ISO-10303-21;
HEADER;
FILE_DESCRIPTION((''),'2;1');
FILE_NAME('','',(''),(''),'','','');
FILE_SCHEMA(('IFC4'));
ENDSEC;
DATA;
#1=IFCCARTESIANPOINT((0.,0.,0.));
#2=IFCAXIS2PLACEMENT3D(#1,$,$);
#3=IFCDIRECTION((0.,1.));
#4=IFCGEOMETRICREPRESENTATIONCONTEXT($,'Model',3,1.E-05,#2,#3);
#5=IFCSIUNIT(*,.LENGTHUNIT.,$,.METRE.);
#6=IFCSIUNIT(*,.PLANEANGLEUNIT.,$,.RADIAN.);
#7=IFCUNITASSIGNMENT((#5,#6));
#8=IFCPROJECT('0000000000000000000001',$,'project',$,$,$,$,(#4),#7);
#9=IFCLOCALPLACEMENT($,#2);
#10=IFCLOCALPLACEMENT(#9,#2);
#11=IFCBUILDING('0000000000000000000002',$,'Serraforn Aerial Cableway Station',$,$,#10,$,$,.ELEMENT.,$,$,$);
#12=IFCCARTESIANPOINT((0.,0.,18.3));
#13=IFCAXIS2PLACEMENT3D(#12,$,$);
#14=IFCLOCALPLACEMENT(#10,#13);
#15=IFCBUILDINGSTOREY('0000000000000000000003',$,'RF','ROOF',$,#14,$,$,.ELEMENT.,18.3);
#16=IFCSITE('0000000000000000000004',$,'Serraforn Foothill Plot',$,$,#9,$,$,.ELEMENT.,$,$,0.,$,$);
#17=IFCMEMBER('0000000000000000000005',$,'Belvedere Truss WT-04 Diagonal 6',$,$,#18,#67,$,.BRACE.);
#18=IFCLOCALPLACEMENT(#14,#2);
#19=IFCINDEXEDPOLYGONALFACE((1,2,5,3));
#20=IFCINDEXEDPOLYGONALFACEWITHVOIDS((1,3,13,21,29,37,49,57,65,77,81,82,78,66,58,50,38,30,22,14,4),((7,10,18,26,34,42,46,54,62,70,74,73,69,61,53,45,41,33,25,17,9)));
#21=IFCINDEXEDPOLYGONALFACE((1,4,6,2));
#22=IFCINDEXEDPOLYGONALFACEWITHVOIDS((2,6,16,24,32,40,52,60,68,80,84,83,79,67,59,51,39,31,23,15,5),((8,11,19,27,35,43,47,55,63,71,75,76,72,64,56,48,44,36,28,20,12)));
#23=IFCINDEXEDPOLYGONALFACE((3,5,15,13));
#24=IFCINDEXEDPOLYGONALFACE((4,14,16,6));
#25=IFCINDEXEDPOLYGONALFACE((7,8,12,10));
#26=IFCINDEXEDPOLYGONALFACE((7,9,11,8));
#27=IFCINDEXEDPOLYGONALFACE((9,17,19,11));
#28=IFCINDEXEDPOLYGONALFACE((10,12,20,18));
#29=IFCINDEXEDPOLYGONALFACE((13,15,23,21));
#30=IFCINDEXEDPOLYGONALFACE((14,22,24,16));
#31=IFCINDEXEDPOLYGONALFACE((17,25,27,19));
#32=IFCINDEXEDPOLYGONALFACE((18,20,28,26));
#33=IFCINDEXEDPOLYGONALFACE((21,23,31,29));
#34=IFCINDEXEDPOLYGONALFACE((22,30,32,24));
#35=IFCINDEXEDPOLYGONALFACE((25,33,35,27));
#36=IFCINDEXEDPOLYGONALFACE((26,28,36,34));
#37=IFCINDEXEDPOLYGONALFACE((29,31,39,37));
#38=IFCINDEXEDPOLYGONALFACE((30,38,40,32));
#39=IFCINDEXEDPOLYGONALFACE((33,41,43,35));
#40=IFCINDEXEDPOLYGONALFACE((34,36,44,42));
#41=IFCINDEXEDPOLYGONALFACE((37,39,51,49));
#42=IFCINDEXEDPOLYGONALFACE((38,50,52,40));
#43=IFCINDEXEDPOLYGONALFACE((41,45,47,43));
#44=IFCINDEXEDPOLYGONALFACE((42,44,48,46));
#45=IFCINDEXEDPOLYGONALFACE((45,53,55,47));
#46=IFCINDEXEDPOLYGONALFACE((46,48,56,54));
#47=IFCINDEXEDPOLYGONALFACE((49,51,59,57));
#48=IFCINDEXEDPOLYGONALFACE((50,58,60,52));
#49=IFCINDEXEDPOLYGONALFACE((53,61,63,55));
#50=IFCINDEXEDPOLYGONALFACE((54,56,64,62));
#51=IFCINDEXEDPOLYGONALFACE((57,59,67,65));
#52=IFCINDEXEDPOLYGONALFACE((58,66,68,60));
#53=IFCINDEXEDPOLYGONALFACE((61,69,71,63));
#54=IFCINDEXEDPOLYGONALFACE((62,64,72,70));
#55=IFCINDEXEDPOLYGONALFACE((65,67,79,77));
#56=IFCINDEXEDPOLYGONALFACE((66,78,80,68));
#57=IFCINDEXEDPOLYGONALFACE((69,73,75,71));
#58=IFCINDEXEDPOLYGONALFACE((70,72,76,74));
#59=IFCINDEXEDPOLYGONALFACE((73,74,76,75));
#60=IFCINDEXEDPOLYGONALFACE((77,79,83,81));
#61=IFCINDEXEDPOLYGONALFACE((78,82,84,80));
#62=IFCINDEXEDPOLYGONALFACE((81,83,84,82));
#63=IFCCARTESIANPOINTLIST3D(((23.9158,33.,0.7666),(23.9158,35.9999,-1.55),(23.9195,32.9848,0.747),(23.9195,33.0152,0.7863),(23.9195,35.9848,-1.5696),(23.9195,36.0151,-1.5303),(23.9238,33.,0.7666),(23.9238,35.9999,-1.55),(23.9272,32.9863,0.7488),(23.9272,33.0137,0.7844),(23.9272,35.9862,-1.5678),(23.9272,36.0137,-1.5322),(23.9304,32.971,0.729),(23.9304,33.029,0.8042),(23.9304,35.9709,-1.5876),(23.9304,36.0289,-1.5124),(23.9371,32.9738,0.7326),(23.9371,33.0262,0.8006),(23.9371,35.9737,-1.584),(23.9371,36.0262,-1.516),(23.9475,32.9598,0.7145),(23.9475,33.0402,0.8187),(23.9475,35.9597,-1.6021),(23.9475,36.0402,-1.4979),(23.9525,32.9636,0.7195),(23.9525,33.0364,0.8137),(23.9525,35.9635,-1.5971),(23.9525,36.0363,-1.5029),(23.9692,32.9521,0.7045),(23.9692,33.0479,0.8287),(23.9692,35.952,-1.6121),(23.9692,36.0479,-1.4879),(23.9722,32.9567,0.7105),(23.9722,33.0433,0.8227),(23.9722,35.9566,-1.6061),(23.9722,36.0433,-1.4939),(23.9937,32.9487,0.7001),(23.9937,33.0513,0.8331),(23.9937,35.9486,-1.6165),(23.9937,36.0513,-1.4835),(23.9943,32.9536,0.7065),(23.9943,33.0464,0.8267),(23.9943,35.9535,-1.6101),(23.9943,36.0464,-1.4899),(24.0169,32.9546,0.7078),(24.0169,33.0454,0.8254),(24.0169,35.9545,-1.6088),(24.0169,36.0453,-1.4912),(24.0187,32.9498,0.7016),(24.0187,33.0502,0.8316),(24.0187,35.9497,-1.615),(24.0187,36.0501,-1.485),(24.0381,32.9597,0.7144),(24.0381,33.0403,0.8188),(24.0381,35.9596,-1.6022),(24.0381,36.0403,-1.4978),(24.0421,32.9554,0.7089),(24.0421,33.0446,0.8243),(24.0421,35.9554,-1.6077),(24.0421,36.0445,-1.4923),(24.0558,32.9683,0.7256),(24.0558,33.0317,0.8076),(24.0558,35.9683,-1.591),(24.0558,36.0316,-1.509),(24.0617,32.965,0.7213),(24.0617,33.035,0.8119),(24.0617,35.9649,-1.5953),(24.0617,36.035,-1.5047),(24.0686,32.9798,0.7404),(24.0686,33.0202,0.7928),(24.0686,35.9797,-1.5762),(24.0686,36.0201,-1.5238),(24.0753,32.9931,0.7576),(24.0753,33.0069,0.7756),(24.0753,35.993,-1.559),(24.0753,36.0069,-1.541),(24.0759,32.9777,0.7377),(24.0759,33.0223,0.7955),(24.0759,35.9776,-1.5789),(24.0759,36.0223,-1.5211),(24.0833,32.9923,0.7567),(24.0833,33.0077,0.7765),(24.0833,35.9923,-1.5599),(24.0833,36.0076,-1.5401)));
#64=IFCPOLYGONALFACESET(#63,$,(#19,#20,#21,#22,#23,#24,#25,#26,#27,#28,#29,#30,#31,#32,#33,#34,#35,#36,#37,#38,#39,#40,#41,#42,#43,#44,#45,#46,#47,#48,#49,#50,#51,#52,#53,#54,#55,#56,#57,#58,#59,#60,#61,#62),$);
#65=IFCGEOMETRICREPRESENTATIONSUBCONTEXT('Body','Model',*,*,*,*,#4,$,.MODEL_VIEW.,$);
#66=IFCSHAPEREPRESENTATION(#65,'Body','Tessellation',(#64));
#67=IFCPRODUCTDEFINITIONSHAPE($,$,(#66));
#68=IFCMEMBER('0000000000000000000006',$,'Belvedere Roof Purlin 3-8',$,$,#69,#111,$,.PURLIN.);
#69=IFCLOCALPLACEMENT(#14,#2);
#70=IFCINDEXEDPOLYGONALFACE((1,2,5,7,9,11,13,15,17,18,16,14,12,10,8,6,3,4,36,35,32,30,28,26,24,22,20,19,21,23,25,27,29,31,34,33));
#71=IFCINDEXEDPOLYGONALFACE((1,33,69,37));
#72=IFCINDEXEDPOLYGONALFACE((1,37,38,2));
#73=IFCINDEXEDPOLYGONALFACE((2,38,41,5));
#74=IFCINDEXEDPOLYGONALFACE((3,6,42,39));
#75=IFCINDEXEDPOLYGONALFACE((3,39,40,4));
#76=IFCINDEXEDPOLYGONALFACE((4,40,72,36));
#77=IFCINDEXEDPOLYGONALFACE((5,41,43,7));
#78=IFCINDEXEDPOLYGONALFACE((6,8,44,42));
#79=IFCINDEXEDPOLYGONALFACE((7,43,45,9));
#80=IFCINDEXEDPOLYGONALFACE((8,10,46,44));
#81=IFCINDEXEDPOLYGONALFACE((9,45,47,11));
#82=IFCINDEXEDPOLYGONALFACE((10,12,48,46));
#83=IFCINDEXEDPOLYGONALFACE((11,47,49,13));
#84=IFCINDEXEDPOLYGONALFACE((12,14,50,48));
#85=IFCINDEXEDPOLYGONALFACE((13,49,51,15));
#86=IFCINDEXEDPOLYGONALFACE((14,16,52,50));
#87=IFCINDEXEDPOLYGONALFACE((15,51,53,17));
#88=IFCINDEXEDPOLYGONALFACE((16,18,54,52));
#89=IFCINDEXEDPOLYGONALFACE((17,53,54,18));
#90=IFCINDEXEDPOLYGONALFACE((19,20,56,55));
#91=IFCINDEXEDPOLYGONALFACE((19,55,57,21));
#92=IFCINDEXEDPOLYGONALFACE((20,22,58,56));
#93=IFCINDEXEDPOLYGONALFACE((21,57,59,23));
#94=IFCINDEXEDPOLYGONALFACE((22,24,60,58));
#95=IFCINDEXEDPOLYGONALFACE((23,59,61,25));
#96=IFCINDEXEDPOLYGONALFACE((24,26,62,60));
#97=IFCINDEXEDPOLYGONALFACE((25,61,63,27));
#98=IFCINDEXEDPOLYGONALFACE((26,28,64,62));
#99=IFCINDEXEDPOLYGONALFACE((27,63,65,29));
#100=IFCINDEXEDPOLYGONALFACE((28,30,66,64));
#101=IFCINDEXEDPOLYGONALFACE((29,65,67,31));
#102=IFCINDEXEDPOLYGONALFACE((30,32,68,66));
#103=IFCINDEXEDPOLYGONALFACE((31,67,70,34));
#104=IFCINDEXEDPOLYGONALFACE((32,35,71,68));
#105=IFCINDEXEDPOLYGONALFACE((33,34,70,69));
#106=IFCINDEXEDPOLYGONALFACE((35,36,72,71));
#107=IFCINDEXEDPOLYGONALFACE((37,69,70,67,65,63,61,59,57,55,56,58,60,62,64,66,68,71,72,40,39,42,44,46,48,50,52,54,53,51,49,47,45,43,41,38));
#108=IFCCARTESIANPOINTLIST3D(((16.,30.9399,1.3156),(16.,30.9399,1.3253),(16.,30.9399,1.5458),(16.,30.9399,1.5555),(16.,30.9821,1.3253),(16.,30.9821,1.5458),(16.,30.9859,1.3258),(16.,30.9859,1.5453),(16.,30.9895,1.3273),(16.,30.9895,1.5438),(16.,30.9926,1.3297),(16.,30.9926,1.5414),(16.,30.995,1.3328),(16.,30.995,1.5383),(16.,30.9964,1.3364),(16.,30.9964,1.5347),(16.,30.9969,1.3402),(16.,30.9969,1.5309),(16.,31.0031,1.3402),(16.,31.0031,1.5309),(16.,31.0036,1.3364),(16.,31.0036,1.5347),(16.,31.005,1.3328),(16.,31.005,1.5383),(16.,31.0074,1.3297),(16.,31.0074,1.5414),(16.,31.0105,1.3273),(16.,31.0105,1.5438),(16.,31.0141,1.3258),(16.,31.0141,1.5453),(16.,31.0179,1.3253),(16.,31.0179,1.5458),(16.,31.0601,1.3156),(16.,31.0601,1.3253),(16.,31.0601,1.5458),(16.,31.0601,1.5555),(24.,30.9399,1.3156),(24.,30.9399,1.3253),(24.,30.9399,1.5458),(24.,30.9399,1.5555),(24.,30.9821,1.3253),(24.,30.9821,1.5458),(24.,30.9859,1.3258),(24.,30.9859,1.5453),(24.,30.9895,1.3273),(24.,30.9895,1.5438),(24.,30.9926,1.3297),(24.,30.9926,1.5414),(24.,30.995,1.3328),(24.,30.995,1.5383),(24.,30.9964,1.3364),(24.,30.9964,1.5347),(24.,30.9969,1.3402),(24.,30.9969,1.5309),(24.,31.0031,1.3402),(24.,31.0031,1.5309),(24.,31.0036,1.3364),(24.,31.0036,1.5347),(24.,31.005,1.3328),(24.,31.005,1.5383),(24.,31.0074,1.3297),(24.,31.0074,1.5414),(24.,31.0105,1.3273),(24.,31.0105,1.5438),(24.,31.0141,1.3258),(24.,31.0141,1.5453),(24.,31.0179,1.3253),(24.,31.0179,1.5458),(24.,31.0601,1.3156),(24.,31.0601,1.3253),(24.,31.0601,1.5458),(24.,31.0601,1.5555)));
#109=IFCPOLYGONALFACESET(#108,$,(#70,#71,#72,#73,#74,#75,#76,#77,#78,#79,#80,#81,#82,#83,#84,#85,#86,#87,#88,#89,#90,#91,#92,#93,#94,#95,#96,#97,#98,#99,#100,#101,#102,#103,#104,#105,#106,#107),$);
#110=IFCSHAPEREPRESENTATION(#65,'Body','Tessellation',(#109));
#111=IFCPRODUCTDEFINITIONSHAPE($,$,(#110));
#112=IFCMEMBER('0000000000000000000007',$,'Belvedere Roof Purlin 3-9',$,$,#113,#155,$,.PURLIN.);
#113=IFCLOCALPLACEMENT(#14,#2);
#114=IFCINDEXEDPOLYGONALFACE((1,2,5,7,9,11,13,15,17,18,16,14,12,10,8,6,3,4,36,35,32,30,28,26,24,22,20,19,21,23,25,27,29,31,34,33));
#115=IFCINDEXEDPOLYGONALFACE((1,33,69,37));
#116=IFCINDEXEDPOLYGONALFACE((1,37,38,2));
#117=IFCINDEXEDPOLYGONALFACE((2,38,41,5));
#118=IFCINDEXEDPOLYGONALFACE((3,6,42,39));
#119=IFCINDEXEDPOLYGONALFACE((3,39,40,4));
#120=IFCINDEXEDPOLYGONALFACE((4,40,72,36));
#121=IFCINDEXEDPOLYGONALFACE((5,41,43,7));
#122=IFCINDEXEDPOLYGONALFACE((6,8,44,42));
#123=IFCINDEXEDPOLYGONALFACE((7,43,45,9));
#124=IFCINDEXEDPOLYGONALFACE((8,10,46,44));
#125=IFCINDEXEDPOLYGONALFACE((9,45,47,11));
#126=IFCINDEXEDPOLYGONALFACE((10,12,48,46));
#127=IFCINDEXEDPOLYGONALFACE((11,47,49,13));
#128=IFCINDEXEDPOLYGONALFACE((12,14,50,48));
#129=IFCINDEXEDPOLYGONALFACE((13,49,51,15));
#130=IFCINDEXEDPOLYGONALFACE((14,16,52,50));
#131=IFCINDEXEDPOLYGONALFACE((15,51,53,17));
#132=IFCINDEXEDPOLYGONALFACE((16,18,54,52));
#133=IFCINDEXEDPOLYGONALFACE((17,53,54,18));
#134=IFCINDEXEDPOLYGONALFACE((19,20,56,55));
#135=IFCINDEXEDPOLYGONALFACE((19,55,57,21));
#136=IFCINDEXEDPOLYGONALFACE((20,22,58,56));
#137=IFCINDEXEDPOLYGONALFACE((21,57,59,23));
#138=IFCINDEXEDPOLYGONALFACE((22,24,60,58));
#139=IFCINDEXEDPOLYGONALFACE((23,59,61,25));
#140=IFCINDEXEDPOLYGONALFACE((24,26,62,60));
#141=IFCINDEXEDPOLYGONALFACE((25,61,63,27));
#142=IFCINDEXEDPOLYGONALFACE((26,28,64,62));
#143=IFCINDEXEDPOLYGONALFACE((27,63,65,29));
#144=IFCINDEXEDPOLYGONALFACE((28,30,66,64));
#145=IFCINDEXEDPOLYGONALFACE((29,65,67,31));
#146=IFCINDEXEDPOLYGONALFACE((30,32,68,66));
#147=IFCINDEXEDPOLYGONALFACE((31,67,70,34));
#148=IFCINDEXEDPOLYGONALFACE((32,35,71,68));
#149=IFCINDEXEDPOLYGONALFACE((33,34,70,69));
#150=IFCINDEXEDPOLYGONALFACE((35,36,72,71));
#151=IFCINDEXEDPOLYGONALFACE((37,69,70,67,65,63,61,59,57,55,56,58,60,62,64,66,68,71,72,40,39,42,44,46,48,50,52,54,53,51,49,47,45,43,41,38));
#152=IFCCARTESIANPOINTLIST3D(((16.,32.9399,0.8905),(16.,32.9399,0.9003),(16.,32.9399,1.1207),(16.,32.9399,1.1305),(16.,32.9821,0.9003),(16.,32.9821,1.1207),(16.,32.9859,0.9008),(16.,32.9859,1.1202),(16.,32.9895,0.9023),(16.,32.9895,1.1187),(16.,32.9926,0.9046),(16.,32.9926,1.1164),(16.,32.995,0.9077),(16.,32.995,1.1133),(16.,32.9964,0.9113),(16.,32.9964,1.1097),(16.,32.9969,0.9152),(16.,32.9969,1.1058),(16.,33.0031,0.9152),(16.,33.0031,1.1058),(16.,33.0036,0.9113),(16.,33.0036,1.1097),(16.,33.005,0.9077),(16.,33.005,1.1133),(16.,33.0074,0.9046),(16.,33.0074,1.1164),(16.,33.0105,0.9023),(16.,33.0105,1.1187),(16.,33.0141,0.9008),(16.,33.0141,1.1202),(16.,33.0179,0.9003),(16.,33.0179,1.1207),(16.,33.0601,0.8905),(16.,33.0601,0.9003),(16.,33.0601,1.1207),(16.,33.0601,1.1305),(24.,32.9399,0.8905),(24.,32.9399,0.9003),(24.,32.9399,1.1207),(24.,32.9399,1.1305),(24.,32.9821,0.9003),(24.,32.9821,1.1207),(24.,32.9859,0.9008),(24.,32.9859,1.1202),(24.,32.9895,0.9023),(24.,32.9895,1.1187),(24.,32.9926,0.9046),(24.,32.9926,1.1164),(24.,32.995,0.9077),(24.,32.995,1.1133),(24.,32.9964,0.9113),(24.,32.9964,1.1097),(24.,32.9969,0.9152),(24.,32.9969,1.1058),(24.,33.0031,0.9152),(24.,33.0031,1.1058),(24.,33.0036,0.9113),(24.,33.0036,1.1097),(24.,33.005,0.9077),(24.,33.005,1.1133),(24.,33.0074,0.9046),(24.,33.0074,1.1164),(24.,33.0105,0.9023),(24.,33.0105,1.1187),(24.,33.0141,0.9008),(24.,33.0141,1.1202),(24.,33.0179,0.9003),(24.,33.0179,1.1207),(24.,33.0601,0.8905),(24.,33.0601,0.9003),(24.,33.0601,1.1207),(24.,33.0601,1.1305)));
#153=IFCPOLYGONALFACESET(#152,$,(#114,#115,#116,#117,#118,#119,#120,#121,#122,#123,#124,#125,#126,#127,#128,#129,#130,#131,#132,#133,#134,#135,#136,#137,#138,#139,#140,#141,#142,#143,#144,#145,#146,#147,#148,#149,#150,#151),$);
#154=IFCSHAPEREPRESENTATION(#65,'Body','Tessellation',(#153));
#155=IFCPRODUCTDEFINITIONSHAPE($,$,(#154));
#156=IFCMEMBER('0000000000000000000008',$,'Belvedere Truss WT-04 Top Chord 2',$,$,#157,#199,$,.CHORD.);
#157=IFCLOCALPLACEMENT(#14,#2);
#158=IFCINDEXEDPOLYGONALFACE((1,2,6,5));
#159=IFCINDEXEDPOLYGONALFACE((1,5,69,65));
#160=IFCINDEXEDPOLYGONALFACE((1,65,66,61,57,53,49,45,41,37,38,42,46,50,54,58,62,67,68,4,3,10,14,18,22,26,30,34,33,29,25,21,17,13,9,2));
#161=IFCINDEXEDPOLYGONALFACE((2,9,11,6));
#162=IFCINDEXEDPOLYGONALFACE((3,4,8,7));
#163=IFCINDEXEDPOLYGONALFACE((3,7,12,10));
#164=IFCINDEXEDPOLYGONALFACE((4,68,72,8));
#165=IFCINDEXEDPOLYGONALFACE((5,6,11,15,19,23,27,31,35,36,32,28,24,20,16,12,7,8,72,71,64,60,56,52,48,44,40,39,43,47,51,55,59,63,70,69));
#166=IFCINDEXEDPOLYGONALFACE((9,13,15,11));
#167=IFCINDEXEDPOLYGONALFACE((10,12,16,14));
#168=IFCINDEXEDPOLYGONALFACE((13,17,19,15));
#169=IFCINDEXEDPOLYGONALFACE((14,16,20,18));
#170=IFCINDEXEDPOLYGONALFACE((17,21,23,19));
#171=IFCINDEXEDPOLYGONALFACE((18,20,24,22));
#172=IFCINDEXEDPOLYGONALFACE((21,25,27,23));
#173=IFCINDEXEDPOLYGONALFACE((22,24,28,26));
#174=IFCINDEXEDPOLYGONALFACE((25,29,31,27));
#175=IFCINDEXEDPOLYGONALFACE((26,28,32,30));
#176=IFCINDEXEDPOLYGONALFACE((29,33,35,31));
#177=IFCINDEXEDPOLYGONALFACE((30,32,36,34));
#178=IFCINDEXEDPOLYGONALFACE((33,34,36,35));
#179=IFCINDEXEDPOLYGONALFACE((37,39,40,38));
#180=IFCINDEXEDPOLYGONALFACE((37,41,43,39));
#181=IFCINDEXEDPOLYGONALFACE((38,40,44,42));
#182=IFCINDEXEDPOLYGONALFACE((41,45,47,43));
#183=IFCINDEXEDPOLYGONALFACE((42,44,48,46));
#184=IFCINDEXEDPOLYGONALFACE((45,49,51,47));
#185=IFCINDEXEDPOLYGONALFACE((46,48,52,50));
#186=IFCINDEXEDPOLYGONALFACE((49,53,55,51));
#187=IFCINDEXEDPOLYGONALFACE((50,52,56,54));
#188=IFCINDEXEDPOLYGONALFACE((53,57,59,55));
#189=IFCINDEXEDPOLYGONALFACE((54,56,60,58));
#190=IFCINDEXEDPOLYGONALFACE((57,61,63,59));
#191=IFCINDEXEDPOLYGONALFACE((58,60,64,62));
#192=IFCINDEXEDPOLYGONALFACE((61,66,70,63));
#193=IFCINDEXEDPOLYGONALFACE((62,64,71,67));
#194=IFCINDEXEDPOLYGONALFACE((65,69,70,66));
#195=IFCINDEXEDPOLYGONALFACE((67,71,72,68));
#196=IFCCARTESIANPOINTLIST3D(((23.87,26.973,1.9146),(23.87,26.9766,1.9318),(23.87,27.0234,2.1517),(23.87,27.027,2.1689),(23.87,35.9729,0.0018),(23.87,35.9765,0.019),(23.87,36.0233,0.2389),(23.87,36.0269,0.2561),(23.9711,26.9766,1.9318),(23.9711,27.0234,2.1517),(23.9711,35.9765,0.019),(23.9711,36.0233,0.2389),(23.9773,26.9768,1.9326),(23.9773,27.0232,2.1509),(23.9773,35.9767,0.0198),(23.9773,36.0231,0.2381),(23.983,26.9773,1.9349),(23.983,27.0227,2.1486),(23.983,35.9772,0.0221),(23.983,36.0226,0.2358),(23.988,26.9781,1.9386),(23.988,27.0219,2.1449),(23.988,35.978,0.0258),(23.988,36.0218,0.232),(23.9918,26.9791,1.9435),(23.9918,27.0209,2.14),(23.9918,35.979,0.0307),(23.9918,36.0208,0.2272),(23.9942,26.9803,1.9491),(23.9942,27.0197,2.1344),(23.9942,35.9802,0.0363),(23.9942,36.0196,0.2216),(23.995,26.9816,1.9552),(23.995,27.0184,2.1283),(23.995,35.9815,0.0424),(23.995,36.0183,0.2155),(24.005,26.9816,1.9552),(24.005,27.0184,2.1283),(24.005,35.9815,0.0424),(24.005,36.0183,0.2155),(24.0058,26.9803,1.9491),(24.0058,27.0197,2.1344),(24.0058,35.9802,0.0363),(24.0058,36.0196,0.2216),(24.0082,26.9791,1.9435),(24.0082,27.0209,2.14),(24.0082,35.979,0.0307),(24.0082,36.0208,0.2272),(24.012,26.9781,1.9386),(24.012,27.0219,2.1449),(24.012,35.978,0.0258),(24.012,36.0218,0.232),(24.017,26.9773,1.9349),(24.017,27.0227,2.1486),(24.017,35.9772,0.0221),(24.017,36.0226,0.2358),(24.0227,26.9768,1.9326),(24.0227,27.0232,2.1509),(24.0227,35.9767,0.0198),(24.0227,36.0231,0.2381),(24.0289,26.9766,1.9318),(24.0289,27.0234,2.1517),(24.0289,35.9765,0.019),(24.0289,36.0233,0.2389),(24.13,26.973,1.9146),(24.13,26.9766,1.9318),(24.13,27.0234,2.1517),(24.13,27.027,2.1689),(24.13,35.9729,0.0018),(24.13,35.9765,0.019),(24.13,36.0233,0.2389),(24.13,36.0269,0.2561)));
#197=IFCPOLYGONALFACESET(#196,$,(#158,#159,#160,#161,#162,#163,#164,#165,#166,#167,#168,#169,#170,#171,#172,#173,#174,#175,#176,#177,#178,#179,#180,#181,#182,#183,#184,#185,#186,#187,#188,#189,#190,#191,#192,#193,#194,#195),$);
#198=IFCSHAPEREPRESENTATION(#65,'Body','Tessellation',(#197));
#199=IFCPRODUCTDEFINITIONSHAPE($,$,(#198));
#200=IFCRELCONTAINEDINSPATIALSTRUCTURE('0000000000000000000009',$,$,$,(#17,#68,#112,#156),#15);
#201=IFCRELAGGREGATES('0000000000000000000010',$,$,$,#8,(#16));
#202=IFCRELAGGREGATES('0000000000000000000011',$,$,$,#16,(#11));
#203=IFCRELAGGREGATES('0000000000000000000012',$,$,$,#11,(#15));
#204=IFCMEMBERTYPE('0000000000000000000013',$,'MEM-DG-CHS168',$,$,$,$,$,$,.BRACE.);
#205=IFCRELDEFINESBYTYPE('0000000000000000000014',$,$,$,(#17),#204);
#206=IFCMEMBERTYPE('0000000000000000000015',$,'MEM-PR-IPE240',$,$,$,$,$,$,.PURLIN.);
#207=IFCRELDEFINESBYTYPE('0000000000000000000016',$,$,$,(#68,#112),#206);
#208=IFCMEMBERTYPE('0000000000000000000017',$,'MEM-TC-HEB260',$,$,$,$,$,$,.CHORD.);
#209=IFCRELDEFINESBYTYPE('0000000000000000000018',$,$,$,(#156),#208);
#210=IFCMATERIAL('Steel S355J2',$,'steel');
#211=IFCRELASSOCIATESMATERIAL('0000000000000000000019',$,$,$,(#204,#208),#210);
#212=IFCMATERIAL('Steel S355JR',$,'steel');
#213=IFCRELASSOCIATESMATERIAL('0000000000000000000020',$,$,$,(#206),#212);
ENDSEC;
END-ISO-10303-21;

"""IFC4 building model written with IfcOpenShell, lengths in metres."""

from ifc_helpers import new_model, si_unit, direction, frame, origin, origin_2d, place, context, subcontext, project, spatial, hollow_circle, i_section, extrude, material, material_profile, profile_set, type_object, element, save


model = new_model("IFC4")

# Units and contexts
model_context = context("Model", 3, precision=1e-05, world=origin(), true_north=direction((0.0, 1.0)))
body_context = subcontext(model_context, "Body", "Model", "MODEL_VIEW")
ifc_project = project(units=[si_unit("LENGTHUNIT", "METRE"), si_unit("PLANEANGLEUNIT", "RADIAN")], contexts=[model_context])

# Site, building, storey
site_placement = place(None, origin())
site = spatial("IfcSite", under=ifc_project, at=site_placement, Name="Serraforn Foothill Plot", CompositionType="ELEMENT", RefElevation=0.0)
building_placement = place(site_placement, origin())
building = spatial("IfcBuilding", under=site, at=building_placement, Name="Serraforn Aerial Cableway Station", CompositionType="ELEMENT")
storey_placement = place(building_placement, frame((0.0, 0.0, 18.3)))
storey = spatial("IfcBuildingStorey", under=building, at=storey_placement, Name="RF", Description="ROOF", CompositionType="ELEMENT", Elevation=18.3)

# Members
ifc_material_1 = material(Name="Steel S355J2", Category="steel")
ifc_material_profile_1 = material_profile(ifc_material_1, hollow_circle(Radius=0.0842, WallThickness=0.0081, at=origin_2d()), Name="CHS 168.3x8.0")
ifc_profile_set_1 = profile_set([ifc_material_profile_1], Name="Steel S355J2")
member_type_1 = type_object("IfcMemberType", Name="MEM-DG-CHS168", PredefinedType="BRACE", material=ifc_profile_set_1)
member_1_placement = place(storey_placement, frame((24.0, 33.0, 0.7666), z_axis=(0.0, 0.79148, -0.611194), x_axis=(-1.0, 0.0, 0.0)))
element("IfcMember", 1, at=member_1_placement, inside=storey, type_object=member_type_1, Name="Belvedere Truss WT-04 Diagonal 6", PredefinedType="BRACE", context=body_context, shape_type="SweptSolid", body=[
    extrude(hollow_circle(Radius=0.0842, WallThickness=0.0081, at=origin_2d()), origin(), (0.0, 0.0, 1.0), 3.7903),
])
ifc_material_2 = material(Name="Steel S355JR", Category="steel")
ifc_material_profile_2 = material_profile(ifc_material_2, i_section(OverallWidth=0.1201, OverallDepth=0.24, WebThickness=0.0061, FlangeThickness=0.0098, FilletRadius=0.0149, at=origin_2d()), Name="IPE 240")
ifc_profile_set_2 = profile_set([ifc_material_profile_2], Name="Steel S355JR")
member_type_2 = type_object("IfcMemberType", Name="MEM-PR-IPE240", PredefinedType="PURLIN", material=ifc_profile_set_2)
for number, where, z_axis, x_axis, name in (
    (2, (16.0, 31.0, 1.4355), (1.0, 0.0, 0.0), (0.0, 1.0, 0.0), "Belvedere Roof Purlin 3-8"),
    (3, (16.0, 33.0, 1.0105), (1.0, 0.0, 0.0), (0.0, 1.0, 0.0), "Belvedere Roof Purlin 3-9"),
):
    element("IfcMember", number, at=place(storey_placement, frame(where, z_axis=z_axis, x_axis=x_axis)), inside=storey, type_object=member_type_2, Name=name, PredefinedType="PURLIN", context=body_context, shape_type="SweptSolid", body=[
        extrude(i_section(OverallWidth=0.1201, OverallDepth=0.24, WebThickness=0.0061, FlangeThickness=0.0098, FilletRadius=0.0149, at=origin_2d()), origin(), (0.0, 0.0, 1.0), 8.0),
    ])
ifc_material_profile_3 = material_profile(ifc_material_1, i_section(OverallWidth=0.26, OverallDepth=0.26, WebThickness=0.01, FlangeThickness=0.0176, FilletRadius=0.0239, at=origin_2d()), Name="HEB 260")
ifc_profile_set_3 = profile_set([ifc_material_profile_3], Name="Steel S355J2")
member_type_3 = type_object("IfcMemberType", Name="MEM-TC-HEB260", PredefinedType="CHORD", material=ifc_profile_set_3)
member_2_placement = place(storey_placement, frame((24.0, 27.0, 2.0417), z_axis=(0.0, 0.978151, -0.207894), x_axis=(-1.0, 0.0, 0.0)))
element("IfcMember", 4, at=member_2_placement, inside=storey, type_object=member_type_3, Name="Belvedere Truss WT-04 Top Chord 2", PredefinedType="CHORD", context=body_context, shape_type="SweptSolid", body=[
    extrude(i_section(OverallWidth=0.26, OverallDepth=0.26, WebThickness=0.01, FlangeThickness=0.0176, FilletRadius=0.0239, at=origin_2d()), origin(), (0.0, 0.0, 1.0), 9.2009),
])

save(model, "model.ifc")
